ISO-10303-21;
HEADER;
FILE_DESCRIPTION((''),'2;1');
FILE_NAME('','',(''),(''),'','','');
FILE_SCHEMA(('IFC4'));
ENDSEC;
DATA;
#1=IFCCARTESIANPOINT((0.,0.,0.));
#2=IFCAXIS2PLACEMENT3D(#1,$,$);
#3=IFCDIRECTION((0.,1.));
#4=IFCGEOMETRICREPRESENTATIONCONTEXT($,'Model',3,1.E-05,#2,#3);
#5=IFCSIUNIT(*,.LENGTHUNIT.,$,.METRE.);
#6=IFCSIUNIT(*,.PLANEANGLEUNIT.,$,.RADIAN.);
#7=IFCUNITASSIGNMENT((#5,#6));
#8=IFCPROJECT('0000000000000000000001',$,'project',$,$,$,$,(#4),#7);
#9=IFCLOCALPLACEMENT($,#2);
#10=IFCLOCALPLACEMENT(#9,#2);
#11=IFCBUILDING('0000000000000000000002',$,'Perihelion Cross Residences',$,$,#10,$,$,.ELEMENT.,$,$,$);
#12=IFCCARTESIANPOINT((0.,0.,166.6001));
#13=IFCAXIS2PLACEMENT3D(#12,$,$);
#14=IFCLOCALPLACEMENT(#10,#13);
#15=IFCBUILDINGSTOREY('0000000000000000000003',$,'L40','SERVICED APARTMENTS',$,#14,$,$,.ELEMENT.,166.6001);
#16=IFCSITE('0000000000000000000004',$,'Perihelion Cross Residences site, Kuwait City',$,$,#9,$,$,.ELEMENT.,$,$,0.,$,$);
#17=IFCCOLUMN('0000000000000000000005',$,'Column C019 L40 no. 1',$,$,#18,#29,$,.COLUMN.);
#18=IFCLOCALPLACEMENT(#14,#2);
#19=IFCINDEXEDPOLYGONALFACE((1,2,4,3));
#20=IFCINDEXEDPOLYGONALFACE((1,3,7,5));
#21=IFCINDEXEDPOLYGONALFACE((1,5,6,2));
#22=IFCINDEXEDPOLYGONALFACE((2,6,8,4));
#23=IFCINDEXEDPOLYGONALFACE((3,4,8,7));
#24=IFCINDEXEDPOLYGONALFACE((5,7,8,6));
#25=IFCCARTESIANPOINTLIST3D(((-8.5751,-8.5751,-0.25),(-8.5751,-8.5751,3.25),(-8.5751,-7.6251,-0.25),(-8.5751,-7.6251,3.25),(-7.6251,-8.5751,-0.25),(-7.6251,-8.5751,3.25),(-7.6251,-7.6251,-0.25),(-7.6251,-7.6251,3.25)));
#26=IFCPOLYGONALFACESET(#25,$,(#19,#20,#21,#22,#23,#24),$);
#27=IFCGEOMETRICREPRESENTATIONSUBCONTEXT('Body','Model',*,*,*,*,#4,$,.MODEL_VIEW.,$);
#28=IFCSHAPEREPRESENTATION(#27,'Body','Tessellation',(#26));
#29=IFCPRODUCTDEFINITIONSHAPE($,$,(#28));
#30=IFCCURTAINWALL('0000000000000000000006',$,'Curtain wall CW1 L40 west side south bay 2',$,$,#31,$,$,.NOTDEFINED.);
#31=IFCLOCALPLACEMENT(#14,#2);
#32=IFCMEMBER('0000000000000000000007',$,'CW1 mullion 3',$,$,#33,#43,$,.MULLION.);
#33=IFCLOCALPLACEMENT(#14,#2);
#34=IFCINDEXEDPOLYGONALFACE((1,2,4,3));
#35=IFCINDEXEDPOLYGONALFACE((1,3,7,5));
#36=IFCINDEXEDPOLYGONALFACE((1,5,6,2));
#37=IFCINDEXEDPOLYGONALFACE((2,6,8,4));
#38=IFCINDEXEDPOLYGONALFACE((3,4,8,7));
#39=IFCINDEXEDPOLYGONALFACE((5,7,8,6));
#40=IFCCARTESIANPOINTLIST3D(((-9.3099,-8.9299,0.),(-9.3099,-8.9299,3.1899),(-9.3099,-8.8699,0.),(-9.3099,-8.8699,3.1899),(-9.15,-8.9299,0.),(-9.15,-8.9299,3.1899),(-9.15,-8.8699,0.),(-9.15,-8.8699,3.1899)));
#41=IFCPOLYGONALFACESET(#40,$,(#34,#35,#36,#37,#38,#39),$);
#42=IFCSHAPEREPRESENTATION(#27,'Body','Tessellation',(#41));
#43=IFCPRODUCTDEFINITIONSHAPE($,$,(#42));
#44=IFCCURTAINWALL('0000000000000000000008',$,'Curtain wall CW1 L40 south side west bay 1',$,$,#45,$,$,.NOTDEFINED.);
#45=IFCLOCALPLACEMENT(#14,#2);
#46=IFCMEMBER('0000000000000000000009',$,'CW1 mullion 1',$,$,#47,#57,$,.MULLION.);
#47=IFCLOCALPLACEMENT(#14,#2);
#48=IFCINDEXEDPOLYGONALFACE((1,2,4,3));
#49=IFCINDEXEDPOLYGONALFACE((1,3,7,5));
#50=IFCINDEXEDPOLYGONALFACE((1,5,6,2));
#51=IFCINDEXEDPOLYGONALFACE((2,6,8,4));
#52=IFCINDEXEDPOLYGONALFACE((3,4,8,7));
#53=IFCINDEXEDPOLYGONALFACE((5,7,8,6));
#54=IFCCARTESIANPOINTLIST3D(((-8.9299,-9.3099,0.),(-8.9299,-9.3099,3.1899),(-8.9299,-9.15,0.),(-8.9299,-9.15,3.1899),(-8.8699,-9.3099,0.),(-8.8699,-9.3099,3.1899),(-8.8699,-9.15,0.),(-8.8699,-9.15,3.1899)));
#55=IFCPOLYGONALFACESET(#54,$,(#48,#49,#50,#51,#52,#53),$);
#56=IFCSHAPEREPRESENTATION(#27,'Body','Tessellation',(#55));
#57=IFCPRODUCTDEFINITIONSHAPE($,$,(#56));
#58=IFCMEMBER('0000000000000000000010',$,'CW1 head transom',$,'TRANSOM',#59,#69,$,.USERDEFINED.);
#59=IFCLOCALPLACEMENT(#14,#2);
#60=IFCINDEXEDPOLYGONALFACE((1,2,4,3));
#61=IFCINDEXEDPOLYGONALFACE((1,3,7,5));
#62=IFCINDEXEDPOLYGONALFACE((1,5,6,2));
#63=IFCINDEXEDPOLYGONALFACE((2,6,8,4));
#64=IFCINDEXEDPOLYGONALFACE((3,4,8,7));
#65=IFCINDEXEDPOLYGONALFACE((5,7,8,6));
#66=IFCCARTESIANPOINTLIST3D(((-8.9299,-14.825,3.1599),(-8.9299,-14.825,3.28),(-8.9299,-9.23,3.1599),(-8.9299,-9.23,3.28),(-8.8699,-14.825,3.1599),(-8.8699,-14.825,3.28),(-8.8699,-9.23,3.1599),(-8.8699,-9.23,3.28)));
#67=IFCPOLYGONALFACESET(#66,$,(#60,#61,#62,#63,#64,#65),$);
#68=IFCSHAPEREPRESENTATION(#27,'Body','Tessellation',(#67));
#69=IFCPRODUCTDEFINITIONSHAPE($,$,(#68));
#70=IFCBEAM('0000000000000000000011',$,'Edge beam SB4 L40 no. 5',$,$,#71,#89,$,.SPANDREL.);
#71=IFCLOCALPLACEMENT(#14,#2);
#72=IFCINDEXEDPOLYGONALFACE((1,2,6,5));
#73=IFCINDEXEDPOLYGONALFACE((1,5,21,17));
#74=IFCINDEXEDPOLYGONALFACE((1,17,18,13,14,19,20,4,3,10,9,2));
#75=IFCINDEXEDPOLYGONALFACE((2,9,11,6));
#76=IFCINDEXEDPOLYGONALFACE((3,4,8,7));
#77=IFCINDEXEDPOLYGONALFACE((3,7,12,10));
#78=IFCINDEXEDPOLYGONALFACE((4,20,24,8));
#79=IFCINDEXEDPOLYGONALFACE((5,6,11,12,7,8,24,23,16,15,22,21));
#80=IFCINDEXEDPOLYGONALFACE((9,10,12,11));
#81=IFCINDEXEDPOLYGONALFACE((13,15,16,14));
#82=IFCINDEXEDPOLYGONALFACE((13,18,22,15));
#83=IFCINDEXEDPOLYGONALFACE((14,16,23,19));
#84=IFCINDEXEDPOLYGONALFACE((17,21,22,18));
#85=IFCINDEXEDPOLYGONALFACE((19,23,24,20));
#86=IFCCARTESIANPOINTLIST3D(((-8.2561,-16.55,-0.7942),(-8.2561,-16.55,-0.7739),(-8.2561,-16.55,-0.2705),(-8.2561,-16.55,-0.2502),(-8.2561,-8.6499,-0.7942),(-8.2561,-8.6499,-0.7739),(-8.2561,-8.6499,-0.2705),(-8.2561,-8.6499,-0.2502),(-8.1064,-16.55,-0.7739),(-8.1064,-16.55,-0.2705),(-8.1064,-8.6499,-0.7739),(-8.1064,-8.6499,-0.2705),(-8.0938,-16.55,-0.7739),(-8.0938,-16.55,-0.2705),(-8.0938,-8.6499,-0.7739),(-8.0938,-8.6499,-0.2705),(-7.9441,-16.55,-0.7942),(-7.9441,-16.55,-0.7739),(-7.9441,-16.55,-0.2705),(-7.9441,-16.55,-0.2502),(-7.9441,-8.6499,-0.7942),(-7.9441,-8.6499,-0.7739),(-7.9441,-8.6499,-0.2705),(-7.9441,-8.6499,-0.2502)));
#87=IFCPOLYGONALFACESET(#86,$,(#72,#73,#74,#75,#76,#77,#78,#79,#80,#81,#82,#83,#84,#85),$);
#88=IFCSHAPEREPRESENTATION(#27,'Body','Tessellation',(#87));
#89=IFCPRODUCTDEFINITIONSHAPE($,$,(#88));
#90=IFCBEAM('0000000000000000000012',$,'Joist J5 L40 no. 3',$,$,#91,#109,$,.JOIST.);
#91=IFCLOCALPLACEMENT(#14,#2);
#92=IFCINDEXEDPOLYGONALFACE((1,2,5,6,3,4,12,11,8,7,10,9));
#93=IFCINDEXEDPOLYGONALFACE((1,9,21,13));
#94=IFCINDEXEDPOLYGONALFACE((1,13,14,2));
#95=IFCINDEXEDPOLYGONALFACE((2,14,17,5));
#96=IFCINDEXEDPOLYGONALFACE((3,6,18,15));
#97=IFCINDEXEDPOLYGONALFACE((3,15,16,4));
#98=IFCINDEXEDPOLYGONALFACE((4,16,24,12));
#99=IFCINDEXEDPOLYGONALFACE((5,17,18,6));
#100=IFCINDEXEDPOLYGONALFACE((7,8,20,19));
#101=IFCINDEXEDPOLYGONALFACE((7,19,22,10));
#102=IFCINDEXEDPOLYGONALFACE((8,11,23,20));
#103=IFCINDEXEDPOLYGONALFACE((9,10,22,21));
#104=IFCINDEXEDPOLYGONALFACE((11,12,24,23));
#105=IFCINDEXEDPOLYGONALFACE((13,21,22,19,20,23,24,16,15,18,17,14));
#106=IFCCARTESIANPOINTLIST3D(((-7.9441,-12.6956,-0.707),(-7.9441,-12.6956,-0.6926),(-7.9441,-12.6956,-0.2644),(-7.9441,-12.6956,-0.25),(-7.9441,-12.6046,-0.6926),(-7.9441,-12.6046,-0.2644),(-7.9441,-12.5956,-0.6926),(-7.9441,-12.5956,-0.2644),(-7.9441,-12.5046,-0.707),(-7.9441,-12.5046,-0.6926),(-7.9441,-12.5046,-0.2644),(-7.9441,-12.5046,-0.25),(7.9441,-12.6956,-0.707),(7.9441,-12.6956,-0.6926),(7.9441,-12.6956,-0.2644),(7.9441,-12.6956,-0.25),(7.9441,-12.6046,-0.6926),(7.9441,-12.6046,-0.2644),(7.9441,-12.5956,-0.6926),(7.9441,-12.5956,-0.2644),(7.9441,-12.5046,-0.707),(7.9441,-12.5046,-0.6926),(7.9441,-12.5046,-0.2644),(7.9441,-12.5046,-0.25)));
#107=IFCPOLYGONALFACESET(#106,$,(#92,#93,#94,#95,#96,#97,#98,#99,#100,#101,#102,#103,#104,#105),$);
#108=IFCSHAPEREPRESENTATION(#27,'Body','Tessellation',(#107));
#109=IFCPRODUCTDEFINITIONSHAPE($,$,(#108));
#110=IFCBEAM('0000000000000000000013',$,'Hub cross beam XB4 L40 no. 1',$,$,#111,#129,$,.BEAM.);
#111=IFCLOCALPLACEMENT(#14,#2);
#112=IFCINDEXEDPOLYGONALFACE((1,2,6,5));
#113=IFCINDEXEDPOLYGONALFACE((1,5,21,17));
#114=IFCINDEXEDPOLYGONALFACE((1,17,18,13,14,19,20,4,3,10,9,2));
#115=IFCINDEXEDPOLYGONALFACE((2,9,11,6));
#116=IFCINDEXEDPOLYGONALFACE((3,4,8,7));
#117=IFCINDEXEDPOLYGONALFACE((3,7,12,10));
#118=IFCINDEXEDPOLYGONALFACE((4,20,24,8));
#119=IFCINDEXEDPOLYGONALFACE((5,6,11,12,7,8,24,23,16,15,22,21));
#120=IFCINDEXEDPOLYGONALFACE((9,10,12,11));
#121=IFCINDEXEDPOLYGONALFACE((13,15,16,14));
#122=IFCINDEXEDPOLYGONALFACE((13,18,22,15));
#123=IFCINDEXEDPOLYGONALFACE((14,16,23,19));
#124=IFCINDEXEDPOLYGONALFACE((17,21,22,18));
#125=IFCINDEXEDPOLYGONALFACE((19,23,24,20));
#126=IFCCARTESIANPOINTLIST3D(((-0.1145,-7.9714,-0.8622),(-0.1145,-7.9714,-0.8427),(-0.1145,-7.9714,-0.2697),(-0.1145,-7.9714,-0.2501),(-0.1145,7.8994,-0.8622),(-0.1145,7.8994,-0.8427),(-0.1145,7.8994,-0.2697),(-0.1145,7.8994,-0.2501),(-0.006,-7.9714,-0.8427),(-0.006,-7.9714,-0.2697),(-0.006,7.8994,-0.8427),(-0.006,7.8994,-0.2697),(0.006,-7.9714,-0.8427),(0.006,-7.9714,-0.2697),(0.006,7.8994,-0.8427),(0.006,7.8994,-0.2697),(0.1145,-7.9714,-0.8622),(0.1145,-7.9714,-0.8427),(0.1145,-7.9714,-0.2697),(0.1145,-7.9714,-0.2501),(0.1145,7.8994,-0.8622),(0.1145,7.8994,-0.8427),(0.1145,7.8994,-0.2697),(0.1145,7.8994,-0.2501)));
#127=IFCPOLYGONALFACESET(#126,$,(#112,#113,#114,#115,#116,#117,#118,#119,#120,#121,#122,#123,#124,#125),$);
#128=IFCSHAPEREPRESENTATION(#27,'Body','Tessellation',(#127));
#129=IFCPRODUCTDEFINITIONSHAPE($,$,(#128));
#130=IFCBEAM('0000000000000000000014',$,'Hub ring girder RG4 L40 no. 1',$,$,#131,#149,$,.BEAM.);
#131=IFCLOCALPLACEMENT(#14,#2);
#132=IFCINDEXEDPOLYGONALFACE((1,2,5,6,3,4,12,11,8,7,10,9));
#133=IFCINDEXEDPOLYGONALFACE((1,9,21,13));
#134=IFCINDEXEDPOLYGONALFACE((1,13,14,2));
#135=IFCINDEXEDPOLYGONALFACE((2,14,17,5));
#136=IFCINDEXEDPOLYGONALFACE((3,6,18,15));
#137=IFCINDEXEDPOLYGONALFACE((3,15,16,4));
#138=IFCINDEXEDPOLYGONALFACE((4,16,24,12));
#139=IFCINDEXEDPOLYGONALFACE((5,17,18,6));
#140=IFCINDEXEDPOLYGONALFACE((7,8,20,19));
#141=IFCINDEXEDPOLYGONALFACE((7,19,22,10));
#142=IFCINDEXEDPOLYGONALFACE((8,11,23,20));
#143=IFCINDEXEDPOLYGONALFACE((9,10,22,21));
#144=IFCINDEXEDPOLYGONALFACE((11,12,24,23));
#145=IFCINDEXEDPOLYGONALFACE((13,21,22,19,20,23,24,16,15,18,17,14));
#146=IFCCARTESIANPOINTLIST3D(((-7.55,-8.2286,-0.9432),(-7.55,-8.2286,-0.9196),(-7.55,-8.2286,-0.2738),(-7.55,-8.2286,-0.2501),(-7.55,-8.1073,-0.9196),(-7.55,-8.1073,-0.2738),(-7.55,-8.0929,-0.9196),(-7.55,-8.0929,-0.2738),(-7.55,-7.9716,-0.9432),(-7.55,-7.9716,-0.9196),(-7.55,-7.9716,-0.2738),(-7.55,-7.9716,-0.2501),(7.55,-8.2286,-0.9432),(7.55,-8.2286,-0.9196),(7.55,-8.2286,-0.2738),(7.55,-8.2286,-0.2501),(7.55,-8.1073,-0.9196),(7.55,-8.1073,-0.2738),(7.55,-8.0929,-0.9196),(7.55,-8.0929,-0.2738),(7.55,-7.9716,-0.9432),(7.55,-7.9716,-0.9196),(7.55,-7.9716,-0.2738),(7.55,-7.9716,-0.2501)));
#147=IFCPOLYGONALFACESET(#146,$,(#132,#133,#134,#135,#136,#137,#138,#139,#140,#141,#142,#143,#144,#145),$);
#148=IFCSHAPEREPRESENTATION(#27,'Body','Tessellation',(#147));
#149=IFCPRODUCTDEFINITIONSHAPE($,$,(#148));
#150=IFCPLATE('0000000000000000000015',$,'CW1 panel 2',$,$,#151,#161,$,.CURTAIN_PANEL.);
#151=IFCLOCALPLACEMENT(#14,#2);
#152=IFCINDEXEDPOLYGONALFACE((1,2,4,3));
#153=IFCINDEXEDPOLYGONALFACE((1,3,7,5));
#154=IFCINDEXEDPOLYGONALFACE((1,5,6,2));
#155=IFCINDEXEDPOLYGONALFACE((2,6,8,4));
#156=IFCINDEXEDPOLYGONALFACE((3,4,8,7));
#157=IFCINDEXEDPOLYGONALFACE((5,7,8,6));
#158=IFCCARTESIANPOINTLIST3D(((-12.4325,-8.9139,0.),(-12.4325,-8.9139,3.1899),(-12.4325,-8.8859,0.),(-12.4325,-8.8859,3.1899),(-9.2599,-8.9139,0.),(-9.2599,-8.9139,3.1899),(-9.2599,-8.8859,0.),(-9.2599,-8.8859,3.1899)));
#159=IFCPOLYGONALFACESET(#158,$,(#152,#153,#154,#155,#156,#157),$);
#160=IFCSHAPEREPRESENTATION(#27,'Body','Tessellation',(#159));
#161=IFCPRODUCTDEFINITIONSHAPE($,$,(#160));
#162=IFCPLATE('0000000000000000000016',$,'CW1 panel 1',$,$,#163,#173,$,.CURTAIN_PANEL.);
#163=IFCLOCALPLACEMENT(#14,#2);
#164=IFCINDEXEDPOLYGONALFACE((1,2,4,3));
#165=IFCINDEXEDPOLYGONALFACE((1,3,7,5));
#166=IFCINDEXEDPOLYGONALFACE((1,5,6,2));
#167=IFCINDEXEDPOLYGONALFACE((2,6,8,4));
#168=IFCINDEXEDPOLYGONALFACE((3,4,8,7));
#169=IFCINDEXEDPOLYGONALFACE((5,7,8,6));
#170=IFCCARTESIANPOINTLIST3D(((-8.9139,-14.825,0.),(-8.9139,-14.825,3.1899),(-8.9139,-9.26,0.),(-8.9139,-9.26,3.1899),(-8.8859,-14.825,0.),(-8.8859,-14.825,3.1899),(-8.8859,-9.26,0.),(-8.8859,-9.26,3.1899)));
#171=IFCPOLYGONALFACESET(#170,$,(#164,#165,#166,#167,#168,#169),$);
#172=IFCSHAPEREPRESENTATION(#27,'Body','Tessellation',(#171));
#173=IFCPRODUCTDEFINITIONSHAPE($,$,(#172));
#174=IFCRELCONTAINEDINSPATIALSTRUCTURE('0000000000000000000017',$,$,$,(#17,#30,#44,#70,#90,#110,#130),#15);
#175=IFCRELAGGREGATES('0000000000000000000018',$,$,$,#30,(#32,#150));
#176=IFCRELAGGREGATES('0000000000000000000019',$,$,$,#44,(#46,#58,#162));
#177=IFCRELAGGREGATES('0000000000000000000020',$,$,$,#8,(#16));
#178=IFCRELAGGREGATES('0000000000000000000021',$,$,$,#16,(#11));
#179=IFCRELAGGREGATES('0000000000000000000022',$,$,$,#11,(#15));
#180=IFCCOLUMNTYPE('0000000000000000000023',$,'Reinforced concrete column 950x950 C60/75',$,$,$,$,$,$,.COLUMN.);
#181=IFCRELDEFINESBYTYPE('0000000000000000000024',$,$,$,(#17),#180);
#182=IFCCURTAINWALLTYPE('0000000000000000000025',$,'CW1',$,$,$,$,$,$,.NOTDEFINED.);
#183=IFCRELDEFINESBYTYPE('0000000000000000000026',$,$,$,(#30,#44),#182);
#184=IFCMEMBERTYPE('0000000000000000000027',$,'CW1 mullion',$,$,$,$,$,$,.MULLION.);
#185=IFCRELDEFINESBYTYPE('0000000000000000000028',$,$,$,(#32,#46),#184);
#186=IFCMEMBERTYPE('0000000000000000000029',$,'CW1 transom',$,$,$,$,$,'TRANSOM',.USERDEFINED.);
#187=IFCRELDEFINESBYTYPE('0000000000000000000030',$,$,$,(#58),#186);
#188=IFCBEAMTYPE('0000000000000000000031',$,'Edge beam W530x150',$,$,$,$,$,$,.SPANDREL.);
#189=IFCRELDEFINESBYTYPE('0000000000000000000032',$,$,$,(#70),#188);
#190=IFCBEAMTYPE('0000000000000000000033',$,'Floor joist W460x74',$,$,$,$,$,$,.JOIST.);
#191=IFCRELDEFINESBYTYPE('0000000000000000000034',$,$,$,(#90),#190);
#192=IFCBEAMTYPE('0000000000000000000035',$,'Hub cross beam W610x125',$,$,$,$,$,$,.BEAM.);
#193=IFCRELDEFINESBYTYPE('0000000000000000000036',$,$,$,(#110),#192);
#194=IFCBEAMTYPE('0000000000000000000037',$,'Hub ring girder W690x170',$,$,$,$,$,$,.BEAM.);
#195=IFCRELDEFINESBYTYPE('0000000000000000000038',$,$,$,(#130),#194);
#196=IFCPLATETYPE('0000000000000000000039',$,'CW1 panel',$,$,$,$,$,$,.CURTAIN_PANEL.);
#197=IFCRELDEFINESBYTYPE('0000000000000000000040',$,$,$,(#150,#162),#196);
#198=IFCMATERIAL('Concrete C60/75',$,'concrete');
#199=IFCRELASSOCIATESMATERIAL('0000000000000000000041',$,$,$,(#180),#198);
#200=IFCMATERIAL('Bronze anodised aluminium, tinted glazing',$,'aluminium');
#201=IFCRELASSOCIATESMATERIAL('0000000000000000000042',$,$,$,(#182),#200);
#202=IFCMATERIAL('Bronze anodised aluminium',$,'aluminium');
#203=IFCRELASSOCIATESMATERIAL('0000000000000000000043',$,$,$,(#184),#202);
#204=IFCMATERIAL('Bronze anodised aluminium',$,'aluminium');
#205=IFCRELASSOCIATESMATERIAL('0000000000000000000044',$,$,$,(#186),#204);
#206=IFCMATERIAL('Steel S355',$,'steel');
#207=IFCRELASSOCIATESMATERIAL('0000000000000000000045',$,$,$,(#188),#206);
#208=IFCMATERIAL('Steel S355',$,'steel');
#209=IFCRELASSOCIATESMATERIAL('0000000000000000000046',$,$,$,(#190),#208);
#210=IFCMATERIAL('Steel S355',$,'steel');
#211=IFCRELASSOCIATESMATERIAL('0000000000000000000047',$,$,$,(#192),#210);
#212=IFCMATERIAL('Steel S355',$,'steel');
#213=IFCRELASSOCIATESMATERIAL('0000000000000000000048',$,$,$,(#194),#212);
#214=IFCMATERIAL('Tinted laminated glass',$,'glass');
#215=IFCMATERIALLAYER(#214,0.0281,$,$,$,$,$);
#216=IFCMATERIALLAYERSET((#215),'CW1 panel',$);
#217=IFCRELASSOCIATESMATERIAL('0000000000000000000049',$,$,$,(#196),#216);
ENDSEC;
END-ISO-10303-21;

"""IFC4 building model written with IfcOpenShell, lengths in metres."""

from ifc_helpers import new_model, si_unit, direction, frame, origin, origin_2d, place, context, subcontext, project, spatial, rectangle, i_section, extrude, material, layer, layer_set, material_profile, profile_set, type_object, element, aggregate, save


model = new_model("IFC4")

# Units and contexts
model_context = context("Model", 3, precision=1e-05, world=origin(), true_north=direction((0.0, 1.0)))
body_context = subcontext(model_context, "Body", "Model", "MODEL_VIEW")
ifc_project = project(units=[si_unit("LENGTHUNIT", "METRE"), si_unit("PLANEANGLEUNIT", "RADIAN")], contexts=[model_context])

# Site, building, storey
site_placement = place(None, origin())
site = spatial("IfcSite", under=ifc_project, at=site_placement, Name="Perihelion Cross Residences site, Kuwait City", CompositionType="ELEMENT", RefElevation=0.0)
building_placement = place(site_placement, origin())
building = spatial("IfcBuilding", under=site, at=building_placement, Name="Perihelion Cross Residences", CompositionType="ELEMENT")
storey_placement = place(building_placement, frame((0.0, 0.0, 166.6001)))
storey = spatial("IfcBuildingStorey", under=building, at=storey_placement, Name="L40", Description="SERVICED APARTMENTS", CompositionType="ELEMENT", Elevation=166.6001)

# Column
ifc_material_1 = material(Name="Concrete C60/75", Category="concrete")
ifc_material_profile_1 = material_profile(ifc_material_1, rectangle(XDim=0.95, YDim=0.95, at=origin_2d()), Name="RC 950x950")
ifc_profile_set_1 = profile_set([ifc_material_profile_1], Name="Concrete C60/75")
column_type = type_object("IfcColumnType", Name="Reinforced concrete column 950x950 C60/75", PredefinedType="COLUMN", material=ifc_profile_set_1)
column_placement = place(storey_placement, frame((-8.1001, -8.1001, -0.25), z_axis=(0.0, 0.0, 1.0), x_axis=(1.0, 0.0, 0.0)))
element("IfcColumn", 1, at=column_placement, inside=storey, type_object=column_type, Name="Column C019 L40 no. 1", PredefinedType="COLUMN", context=body_context, shape_type="SweptSolid", body=[
    extrude(rectangle(XDim=0.95, YDim=0.95, at=origin_2d()), origin(), (0.0, 0.0, 1.0), 3.5),
])

# Curtain wall, member
ifc_material_2 = material(Name="Bronze anodised aluminium, tinted glazing", Category="aluminium")
curtain_wall_type = type_object("IfcCurtainWallType", Name="CW1", PredefinedType="NOTDEFINED", material=ifc_material_2)
curtain_wall_1_placement = place(storey_placement, origin())
curtain_wall_1 = element("IfcCurtainWall", 2, at=curtain_wall_1_placement, inside=storey, type_object=curtain_wall_type, Name="Curtain wall CW1 L40 west side south bay 2", PredefinedType="NOTDEFINED")
ifc_material_3 = material(Name="Bronze anodised aluminium", Category="aluminium")
ifc_material_profile_2 = material_profile(ifc_material_3, rectangle(XDim=0.0601, YDim=0.1599, at=origin_2d()), Name="CW1 mullion")
ifc_profile_set_2 = profile_set([ifc_material_profile_2], Name="Bronze anodised aluminium")
member_type_1 = type_object("IfcMemberType", Name="CW1 mullion", PredefinedType="MULLION", material=ifc_profile_set_2)
member_1_placement = place(storey_placement, frame((-9.23, -8.8999, 0.0), z_axis=(0.0, 0.0, 1.0), x_axis=(0.0, 1.0, 0.0)))
member_1 = element("IfcMember", 3, at=member_1_placement, type_object=member_type_1, Name="CW1 mullion 3", PredefinedType="MULLION", context=body_context, shape_type="SweptSolid", body=[
    extrude(rectangle(XDim=0.0601, YDim=0.1599, at=origin_2d()), origin(), (0.0, 0.0, 1.0), 3.1899),
])

# Curtain wall, members
curtain_wall_2_placement = place(storey_placement, origin())
curtain_wall_2 = element("IfcCurtainWall", 4, at=curtain_wall_2_placement, inside=storey, type_object=curtain_wall_type, Name="Curtain wall CW1 L40 south side west bay 1", PredefinedType="NOTDEFINED")
member_2_placement = place(storey_placement, frame((-8.8999, -9.23, 0.0), z_axis=(0.0, 0.0, 1.0), x_axis=(1.0, 0.0, 0.0)))
member_2 = element("IfcMember", 5, at=member_2_placement, type_object=member_type_1, Name="CW1 mullion 1", PredefinedType="MULLION", context=body_context, shape_type="SweptSolid", body=[
    extrude(rectangle(XDim=0.0601, YDim=0.1599, at=origin_2d()), origin(), (0.0, 0.0, 1.0), 3.1899),
])
ifc_material_4 = material(Name="Bronze anodised aluminium", Category="aluminium")
ifc_material_profile_3 = material_profile(ifc_material_4, rectangle(XDim=0.0601, YDim=0.1201, at=origin_2d()), Name="CW1 transom")
ifc_profile_set_3 = profile_set([ifc_material_profile_3], Name="Bronze anodised aluminium")
member_type_2 = type_object("IfcMemberType", Name="CW1 transom", ElementType="TRANSOM", PredefinedType="USERDEFINED", material=ifc_profile_set_3)
member_3_placement = place(storey_placement, frame((-8.8999, -9.23, 3.22), z_axis=(0.0, -1.0, 0.0), x_axis=(1.0, 0.0, 0.0)))
member_3 = element("IfcMember", 6, at=member_3_placement, type_object=member_type_2, Name="CW1 head transom", ObjectType="TRANSOM", PredefinedType="USERDEFINED", context=body_context, shape_type="SweptSolid", body=[
    extrude(rectangle(XDim=0.0601, YDim=0.1201, at=origin_2d()), origin(), (0.0, 0.0, 1.0), 5.595),
])

# Beams
ifc_material_5 = material(Name="Steel S355", Category="steel")
ifc_material_profile_4 = material_profile(ifc_material_5, i_section(OverallWidth=0.312, OverallDepth=0.5439, WebThickness=0.0127, FlangeThickness=0.0203, at=origin_2d()), Name="W530x150")
ifc_profile_set_4 = profile_set([ifc_material_profile_4], Name="Steel S355")
beam_type_1 = type_object("IfcBeamType", Name="Edge beam W530x150", PredefinedType="SPANDREL", material=ifc_profile_set_4)
beam_1_placement = place(storey_placement, frame((-8.1001, -8.6499, -0.5222), z_axis=(0.0, -1.0, 0.0), x_axis=(1.0, 0.0, 0.0)))
element("IfcBeam", 7, at=beam_1_placement, inside=storey, type_object=beam_type_1, Name="Edge beam SB4 L40 no. 5", PredefinedType="SPANDREL", context=body_context, shape_type="SweptSolid", body=[
    extrude(i_section(OverallWidth=0.312, OverallDepth=0.5439, WebThickness=0.0127, FlangeThickness=0.0203, at=origin_2d()), origin(), (0.0, 0.0, 1.0), 7.9001),
])
ifc_material_6 = material(Name="Steel S355", Category="steel")
ifc_material_profile_5 = material_profile(ifc_material_6, i_section(OverallWidth=0.1909, OverallDepth=0.457, WebThickness=0.009, FlangeThickness=0.0144, at=origin_2d()), Name="W460x74")
ifc_profile_set_5 = profile_set([ifc_material_profile_5], Name="Steel S355")
beam_type_2 = type_object("IfcBeamType", Name="Floor joist W460x74", PredefinedType="JOIST", material=ifc_profile_set_5)
beam_2_placement = place(storey_placement, frame((-7.9441, -12.6001, -0.4785), z_axis=(1.0, 0.0, 0.0), x_axis=(0.0, 1.0, 0.0)))
element("IfcBeam", 8, at=beam_2_placement, inside=storey, type_object=beam_type_2, Name="Joist J5 L40 no. 3", PredefinedType="JOIST", context=body_context, shape_type="SweptSolid", body=[
    extrude(i_section(OverallWidth=0.1909, OverallDepth=0.457, WebThickness=0.009, FlangeThickness=0.0144, at=origin_2d()), origin(), (0.0, 0.0, 1.0), 15.8882),
])
ifc_material_7 = material(Name="Steel S355", Category="steel")
ifc_material_profile_6 = material_profile(ifc_material_7, i_section(OverallWidth=0.229, OverallDepth=0.6121, WebThickness=0.012, FlangeThickness=0.0195, at=origin_2d()), Name="W610x125")
ifc_profile_set_6 = profile_set([ifc_material_profile_6], Name="Steel S355")
beam_type_3 = type_object("IfcBeamType", Name="Hub cross beam W610x125", PredefinedType="BEAM", material=ifc_profile_set_6)
beam_3_placement = place(storey_placement, frame((0.0, -7.9714, -0.5562), z_axis=(0.0, 1.0, 0.0), x_axis=(-1.0, 0.0, 0.0)))
element("IfcBeam", 9, at=beam_3_placement, inside=storey, type_object=beam_type_3, Name="Hub cross beam XB4 L40 no. 1", PredefinedType="BEAM", context=body_context, shape_type="SweptSolid", body=[
    extrude(i_section(OverallWidth=0.229, OverallDepth=0.6121, WebThickness=0.012, FlangeThickness=0.0195, at=origin_2d()), origin(), (0.0, 0.0, 1.0), 15.8708),
])
ifc_material_8 = material(Name="Steel S355", Category="steel")
ifc_material_profile_7 = material_profile(ifc_material_8, i_section(OverallWidth=0.2571, OverallDepth=0.6931, WebThickness=0.0144, FlangeThickness=0.0237, at=origin_2d()), Name="W690x170")
ifc_profile_set_7 = profile_set([ifc_material_profile_7], Name="Steel S355")
beam_type_4 = type_object("IfcBeamType", Name="Hub ring girder W690x170", PredefinedType="BEAM", material=ifc_profile_set_7)
beam_4_placement = place(storey_placement, frame((-7.55, -8.1001, -0.5967), z_axis=(1.0, 0.0, 0.0), x_axis=(0.0, 1.0, 0.0)))
element("IfcBeam", 10, at=beam_4_placement, inside=storey, type_object=beam_type_4, Name="Hub ring girder RG4 L40 no. 1", PredefinedType="BEAM", context=body_context, shape_type="SweptSolid", body=[
    extrude(i_section(OverallWidth=0.2571, OverallDepth=0.6931, WebThickness=0.0144, FlangeThickness=0.0237, at=origin_2d()), origin(), (0.0, 0.0, 1.0), 15.1001),
])

# Plates
ifc_material_9 = material(Name="Tinted laminated glass", Category="glass")
ifc_layer_1 = layer(ifc_material_9, 0.0281)
ifc_layer_set_1 = layer_set([ifc_layer_1], Name="CW1 panel")
plate_type = type_object("IfcPlateType", Name="CW1 panel", PredefinedType="CURTAIN_PANEL", material=ifc_layer_set_1)
plate_1_placement = place(storey_placement, frame((-10.8462, -8.8999, 0.0), z_axis=(0.0, 0.0, 1.0), x_axis=(1.0, 0.0, 0.0)))
plate_1 = element("IfcPlate", 11, at=plate_1_placement, type_object=plate_type, Name="CW1 panel 2", PredefinedType="CURTAIN_PANEL", context=body_context, shape_type="SweptSolid", body=[
    extrude(rectangle(XDim=3.1726, YDim=0.0281, at=origin_2d()), origin(), (0.0, 0.0, 1.0), 3.1899),
])
aggregate(curtain_wall_1, [member_1, plate_1])
plate_2_placement = place(storey_placement, frame((-8.8999, -12.0425, 0.0), z_axis=(0.0, 0.0, 1.0), x_axis=(0.0, -1.0, 0.0)))
plate_2 = element("IfcPlate", 12, at=plate_2_placement, type_object=plate_type, Name="CW1 panel 1", PredefinedType="CURTAIN_PANEL", context=body_context, shape_type="SweptSolid", body=[
    extrude(rectangle(XDim=5.5649, YDim=0.0281, at=origin_2d()), origin(), (0.0, 0.0, 1.0), 3.1899),
])
aggregate(curtain_wall_2, [member_2, member_3, plate_2])

save(model, "model.ifc")
